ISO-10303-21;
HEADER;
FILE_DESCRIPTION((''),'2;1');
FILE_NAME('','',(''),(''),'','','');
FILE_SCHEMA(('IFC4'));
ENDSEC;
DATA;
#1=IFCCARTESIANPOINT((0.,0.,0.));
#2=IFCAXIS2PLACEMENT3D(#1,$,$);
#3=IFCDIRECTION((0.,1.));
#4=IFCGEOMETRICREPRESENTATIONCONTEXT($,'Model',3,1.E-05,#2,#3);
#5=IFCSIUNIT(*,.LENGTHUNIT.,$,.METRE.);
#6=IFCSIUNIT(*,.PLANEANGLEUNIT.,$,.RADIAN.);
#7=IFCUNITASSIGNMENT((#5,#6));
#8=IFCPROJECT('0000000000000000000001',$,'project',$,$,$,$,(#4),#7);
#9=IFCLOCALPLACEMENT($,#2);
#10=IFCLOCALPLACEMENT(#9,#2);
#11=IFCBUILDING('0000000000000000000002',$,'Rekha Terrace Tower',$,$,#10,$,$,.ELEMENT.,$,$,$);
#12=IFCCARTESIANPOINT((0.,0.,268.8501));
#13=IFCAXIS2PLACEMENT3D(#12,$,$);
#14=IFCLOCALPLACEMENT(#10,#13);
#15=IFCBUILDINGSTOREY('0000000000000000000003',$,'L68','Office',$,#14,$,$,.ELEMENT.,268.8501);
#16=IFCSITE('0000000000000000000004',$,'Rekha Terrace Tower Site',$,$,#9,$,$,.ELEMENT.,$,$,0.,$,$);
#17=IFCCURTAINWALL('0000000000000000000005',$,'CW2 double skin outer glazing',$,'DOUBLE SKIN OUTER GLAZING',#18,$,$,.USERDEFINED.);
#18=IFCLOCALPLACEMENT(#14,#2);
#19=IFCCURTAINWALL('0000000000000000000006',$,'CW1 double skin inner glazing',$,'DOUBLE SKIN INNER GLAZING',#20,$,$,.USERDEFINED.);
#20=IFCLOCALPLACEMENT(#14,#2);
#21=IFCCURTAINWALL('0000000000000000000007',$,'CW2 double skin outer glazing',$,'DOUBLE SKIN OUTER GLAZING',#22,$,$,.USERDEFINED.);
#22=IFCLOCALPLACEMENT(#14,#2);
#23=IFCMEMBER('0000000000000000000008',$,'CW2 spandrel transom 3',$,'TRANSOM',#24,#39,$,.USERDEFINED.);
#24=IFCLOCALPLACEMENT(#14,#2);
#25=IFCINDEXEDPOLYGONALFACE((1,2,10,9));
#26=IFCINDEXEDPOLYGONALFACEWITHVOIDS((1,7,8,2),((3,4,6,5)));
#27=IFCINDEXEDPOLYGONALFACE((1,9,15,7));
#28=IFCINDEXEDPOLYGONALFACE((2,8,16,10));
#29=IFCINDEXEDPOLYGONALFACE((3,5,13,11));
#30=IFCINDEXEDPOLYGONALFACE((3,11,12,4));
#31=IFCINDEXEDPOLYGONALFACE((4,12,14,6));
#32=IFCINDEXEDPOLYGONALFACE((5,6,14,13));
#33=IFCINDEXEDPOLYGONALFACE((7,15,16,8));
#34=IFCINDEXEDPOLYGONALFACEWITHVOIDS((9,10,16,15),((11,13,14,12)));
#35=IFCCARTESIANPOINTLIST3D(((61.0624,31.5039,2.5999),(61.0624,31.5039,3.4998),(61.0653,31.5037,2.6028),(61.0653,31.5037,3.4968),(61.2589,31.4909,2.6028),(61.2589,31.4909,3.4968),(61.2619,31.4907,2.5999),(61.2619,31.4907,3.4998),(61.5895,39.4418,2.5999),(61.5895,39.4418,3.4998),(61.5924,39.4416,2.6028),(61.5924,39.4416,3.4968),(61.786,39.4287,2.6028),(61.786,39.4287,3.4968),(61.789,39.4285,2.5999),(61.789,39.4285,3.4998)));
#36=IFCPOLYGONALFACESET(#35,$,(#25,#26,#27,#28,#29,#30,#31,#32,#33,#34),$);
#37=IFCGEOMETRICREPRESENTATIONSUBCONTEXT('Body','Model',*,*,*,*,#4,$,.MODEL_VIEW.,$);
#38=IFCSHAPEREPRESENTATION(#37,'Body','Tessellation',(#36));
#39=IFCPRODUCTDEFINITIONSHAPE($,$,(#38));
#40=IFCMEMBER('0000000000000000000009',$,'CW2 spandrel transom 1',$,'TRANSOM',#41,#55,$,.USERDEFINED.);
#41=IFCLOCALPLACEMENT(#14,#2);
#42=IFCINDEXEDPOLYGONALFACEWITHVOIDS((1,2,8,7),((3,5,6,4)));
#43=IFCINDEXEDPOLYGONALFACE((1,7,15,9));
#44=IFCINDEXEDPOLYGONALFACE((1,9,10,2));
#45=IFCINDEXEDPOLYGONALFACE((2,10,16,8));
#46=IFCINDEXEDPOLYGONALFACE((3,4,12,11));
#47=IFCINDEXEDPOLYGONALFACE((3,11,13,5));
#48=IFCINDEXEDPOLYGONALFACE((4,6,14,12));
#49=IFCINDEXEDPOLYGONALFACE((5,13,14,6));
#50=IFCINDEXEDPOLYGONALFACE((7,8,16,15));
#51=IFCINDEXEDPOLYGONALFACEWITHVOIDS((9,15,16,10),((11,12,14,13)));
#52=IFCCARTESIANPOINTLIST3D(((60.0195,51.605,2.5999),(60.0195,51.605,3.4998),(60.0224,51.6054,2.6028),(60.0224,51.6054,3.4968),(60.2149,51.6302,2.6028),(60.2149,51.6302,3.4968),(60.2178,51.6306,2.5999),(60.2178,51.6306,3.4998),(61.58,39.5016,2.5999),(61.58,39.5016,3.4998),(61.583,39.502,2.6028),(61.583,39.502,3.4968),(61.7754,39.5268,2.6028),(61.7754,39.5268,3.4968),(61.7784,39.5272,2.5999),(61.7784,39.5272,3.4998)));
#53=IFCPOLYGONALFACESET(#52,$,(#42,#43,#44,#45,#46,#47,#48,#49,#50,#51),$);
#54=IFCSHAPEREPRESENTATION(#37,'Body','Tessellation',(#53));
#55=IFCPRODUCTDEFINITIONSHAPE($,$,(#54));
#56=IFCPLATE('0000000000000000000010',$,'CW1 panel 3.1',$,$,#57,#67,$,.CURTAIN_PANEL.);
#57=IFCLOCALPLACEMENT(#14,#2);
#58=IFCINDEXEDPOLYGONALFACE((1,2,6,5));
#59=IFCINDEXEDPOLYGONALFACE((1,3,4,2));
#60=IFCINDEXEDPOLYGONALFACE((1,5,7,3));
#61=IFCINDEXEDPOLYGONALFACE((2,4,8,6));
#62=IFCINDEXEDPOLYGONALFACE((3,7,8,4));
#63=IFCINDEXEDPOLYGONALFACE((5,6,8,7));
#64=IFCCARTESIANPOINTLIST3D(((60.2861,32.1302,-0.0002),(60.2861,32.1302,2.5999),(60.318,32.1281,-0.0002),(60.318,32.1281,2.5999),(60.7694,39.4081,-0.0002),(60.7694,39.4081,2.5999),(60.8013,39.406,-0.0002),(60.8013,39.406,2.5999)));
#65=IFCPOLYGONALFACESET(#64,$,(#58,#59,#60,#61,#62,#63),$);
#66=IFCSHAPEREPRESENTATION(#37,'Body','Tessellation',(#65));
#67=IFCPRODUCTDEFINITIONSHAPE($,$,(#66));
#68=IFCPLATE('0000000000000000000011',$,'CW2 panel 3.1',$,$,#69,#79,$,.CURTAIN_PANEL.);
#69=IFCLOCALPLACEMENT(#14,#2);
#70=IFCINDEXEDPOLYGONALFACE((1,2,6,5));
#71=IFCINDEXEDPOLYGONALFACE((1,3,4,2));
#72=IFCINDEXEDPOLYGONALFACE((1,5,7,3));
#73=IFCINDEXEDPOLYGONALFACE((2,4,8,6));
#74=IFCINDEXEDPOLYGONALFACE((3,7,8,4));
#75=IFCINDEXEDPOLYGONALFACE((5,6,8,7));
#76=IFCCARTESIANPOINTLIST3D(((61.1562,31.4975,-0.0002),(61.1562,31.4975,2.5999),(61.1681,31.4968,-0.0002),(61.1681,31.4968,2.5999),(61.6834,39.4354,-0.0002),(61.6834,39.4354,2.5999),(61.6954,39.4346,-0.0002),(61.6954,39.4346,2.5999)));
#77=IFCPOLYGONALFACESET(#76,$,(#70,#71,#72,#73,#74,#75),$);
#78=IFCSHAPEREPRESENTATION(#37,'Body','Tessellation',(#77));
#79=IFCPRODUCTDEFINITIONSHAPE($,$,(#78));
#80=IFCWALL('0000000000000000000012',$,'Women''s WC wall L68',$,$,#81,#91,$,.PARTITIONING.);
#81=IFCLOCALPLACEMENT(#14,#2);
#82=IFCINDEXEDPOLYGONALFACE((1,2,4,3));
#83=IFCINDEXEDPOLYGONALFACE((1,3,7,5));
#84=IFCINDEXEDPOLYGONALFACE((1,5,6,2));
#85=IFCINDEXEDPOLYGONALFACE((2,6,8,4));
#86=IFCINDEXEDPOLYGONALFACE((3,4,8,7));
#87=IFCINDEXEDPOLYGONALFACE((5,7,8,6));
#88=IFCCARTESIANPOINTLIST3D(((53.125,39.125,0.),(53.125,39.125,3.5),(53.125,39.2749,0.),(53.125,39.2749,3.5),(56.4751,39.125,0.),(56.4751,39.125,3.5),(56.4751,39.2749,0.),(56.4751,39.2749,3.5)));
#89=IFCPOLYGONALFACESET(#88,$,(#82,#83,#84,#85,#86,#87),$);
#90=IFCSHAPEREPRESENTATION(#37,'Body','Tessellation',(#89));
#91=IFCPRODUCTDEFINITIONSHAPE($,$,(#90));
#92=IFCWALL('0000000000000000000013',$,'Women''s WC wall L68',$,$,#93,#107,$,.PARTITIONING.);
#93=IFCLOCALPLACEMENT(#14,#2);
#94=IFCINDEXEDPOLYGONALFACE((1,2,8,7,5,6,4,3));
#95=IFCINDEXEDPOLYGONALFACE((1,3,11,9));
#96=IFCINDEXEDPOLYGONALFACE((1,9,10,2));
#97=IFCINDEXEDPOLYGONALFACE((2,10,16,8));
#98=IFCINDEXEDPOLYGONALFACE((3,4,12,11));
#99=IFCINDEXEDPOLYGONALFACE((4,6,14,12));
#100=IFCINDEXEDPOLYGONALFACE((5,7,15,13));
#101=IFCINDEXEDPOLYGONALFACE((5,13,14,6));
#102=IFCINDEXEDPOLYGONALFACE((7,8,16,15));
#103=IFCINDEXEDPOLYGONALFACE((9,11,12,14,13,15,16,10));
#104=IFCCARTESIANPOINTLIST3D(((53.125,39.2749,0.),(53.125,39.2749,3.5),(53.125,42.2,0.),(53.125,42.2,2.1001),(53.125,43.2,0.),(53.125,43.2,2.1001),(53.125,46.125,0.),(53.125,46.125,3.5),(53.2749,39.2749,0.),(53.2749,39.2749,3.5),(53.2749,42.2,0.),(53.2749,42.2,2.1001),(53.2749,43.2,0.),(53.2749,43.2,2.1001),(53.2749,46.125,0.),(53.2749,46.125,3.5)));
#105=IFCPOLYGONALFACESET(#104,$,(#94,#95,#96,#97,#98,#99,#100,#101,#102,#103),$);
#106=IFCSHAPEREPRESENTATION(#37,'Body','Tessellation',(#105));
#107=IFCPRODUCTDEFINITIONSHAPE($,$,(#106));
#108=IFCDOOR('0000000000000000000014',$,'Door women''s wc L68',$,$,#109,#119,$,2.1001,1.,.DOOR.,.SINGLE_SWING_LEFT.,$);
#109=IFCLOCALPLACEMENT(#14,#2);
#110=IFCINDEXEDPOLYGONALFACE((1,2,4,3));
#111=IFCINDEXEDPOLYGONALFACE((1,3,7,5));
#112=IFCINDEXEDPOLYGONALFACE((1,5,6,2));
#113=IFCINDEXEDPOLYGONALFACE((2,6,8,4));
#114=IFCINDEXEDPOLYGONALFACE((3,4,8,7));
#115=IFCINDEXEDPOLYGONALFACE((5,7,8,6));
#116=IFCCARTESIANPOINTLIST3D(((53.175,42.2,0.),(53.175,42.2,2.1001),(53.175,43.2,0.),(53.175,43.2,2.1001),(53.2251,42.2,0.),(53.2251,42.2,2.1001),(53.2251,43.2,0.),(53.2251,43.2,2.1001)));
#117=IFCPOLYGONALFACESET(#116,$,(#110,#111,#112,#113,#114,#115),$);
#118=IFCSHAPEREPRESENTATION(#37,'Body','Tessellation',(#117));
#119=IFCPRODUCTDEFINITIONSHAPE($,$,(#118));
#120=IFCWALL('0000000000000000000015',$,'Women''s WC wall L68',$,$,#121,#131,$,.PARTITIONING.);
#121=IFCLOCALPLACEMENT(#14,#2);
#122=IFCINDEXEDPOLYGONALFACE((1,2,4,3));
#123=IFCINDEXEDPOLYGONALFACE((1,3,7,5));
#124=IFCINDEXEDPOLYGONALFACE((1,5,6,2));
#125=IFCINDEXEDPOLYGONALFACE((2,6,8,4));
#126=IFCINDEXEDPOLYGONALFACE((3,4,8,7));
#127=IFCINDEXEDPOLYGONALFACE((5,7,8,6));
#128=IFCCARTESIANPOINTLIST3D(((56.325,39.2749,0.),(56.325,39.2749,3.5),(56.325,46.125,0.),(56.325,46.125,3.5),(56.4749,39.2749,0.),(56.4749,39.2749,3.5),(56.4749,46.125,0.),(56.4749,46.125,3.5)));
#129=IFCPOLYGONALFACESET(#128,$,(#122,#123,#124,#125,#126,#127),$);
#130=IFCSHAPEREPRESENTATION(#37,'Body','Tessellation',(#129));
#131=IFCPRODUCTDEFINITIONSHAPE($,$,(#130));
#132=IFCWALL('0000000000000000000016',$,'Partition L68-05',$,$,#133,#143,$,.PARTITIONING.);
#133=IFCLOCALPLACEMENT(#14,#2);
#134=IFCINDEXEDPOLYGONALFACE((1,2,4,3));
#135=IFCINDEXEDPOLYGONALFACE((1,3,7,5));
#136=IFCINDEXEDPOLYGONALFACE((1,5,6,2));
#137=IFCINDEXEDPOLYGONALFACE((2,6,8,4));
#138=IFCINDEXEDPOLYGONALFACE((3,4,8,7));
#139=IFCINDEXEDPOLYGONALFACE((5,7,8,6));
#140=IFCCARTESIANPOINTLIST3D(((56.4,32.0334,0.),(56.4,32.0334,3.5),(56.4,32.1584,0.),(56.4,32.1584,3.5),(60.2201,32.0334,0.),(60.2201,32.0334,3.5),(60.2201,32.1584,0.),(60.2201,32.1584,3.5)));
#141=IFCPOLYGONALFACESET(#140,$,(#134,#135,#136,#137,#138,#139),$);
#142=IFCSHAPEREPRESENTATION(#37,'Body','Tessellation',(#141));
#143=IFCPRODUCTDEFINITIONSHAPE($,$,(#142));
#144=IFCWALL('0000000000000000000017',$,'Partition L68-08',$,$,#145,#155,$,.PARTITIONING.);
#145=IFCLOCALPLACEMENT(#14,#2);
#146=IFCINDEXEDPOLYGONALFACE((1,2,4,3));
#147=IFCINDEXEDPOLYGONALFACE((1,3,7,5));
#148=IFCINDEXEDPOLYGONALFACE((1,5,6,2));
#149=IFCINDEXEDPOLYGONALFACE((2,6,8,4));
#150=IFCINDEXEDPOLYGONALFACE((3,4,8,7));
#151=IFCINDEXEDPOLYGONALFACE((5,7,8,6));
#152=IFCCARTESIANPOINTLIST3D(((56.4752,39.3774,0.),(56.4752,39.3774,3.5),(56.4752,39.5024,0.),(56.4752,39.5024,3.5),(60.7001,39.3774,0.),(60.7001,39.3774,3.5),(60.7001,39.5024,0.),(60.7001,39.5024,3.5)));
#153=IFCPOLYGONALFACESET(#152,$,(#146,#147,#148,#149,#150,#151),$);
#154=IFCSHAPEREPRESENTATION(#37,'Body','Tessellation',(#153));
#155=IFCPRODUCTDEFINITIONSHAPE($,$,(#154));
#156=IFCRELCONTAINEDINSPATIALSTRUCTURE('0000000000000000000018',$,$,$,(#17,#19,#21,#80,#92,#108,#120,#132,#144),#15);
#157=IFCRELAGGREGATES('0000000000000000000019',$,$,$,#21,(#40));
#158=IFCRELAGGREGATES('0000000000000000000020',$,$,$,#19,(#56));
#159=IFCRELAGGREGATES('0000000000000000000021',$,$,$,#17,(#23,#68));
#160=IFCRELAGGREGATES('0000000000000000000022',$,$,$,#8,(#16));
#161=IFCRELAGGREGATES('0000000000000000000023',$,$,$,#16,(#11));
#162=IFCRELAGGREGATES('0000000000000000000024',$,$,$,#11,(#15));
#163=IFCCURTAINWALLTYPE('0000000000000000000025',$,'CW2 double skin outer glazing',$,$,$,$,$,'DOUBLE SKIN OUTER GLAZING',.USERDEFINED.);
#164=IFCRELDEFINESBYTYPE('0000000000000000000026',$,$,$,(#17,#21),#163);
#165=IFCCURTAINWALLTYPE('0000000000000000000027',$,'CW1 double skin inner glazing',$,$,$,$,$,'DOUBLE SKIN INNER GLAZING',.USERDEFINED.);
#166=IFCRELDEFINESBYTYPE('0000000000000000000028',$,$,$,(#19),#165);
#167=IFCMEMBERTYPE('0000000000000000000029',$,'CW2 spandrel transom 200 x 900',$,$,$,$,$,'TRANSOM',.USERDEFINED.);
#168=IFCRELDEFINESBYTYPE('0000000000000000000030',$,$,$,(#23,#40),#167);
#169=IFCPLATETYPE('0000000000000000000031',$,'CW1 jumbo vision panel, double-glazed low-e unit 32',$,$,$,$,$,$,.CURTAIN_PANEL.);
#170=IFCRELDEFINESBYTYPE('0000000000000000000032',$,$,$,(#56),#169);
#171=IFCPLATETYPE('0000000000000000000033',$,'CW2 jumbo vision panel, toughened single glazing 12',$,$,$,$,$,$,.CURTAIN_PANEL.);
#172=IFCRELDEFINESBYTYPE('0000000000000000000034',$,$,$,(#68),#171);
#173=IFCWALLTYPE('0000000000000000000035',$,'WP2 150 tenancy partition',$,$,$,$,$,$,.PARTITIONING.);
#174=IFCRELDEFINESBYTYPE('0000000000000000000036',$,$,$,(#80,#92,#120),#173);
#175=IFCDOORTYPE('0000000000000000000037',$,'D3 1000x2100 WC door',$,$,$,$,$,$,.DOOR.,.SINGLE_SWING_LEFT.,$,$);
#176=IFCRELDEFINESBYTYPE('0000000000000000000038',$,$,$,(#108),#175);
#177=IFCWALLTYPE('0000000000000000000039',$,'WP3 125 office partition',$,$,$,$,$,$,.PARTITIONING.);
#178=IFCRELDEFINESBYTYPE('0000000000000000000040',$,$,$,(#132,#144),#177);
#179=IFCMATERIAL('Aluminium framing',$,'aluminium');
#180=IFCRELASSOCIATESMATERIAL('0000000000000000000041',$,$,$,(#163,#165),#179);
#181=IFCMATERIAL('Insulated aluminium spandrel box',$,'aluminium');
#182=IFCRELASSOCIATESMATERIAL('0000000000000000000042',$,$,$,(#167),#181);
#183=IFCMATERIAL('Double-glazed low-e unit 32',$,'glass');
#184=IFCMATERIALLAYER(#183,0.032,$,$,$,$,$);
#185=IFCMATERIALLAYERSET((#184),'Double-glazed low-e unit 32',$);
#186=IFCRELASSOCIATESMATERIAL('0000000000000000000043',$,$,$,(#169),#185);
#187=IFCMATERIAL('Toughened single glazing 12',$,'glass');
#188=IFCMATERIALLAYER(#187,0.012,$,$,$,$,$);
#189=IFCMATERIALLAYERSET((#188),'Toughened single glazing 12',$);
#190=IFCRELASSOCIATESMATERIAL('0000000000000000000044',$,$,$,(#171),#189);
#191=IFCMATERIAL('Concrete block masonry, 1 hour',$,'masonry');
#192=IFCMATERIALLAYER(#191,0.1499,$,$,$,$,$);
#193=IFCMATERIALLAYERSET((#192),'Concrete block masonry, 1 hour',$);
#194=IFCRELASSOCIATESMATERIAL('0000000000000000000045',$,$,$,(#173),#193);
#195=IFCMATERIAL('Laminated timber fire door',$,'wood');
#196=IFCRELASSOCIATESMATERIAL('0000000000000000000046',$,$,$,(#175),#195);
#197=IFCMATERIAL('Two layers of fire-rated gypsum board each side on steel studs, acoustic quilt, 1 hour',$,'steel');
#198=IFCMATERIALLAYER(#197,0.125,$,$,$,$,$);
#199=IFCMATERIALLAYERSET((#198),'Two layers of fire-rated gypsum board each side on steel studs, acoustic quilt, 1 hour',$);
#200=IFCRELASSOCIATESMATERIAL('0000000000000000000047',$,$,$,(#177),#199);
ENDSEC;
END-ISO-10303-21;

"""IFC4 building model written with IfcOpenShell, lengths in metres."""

from ifc_helpers import new_model, si_unit, direction, frame, frame_2d, origin, origin_2d, place, context, subcontext, project, spatial, rectangle, hollow_rectangle, extrude, material, layer, layer_set, material_profile, profile_set, type_object, element, fill, aggregate, save


model = new_model("IFC4")

# Units and contexts
model_context = context("Model", 3, precision=1e-05, world=origin(), true_north=direction((0.0, 1.0)))
body_context = subcontext(model_context, "Body", "Model", "MODEL_VIEW")
ifc_project = project(units=[si_unit("LENGTHUNIT", "METRE"), si_unit("PLANEANGLEUNIT", "RADIAN")], contexts=[model_context])

# Site, building, storey
site_placement = place(None, origin())
site = spatial("IfcSite", under=ifc_project, at=site_placement, Name="Rekha Terrace Tower Site", CompositionType="ELEMENT", RefElevation=0.0)
building_placement = place(site_placement, origin())
building = spatial("IfcBuilding", under=site, at=building_placement, Name="Rekha Terrace Tower", CompositionType="ELEMENT")
storey_placement = place(building_placement, frame((0.0, 0.0, 268.8501)))
storey = spatial("IfcBuildingStorey", under=building, at=storey_placement, Name="L68", Description="Office", CompositionType="ELEMENT", Elevation=268.8501)

# Curtain walls
ifc_material_1 = material(Name="Aluminium framing", Category="aluminium")
curtain_wall_type_1 = type_object("IfcCurtainWallType", Name="CW2 double skin outer glazing", ElementType="DOUBLE SKIN OUTER GLAZING", PredefinedType="USERDEFINED", material=ifc_material_1)
curtain_wall_1_placement = place(storey_placement, origin())
curtain_wall_1 = element("IfcCurtainWall", 1, at=curtain_wall_1_placement, inside=storey, type_object=curtain_wall_type_1, Name="CW2 double skin outer glazing", ObjectType="DOUBLE SKIN OUTER GLAZING", PredefinedType="USERDEFINED")
curtain_wall_type_2 = type_object("IfcCurtainWallType", Name="CW1 double skin inner glazing", ElementType="DOUBLE SKIN INNER GLAZING", PredefinedType="USERDEFINED", material=ifc_material_1)
curtain_wall_2_placement = place(storey_placement, origin())
curtain_wall_2 = element("IfcCurtainWall", 2, at=curtain_wall_2_placement, inside=storey, type_object=curtain_wall_type_2, Name="CW1 double skin inner glazing", ObjectType="DOUBLE SKIN INNER GLAZING", PredefinedType="USERDEFINED")

# Shared definitions
ifc_material_2 = material(Name="Insulated aluminium spandrel box", Category="aluminium")

# Curtain wall
curtain_wall_3_placement = place(storey_placement, origin())
curtain_wall_3 = element("IfcCurtainWall", 3, at=curtain_wall_3_placement, inside=storey, type_object=curtain_wall_type_1, Name="CW2 double skin outer glazing", ObjectType="DOUBLE SKIN OUTER GLAZING", PredefinedType="USERDEFINED")

# Members
ifc_material_profile_1 = material_profile(ifc_material_2, hollow_rectangle(XDim=0.2, YDim=0.8999, WallThickness=0.0029, at=origin_2d()), Name="AL SPANDREL BOX 200x900")
ifc_profile_set_1 = profile_set([ifc_material_profile_1], Name="Insulated aluminium spandrel box")
member_type_1 = type_object("IfcMemberType", Name="CW2 spandrel transom 200 x 900", ElementType="TRANSOM", PredefinedType="USERDEFINED", material=ifc_profile_set_1)
member_1_placement = place(storey_placement, frame((61.1621, 31.4973, 3.0498), z_axis=(0.066258, 0.997803, 0.0), x_axis=(-0.997803, 0.066258, 0.0)))
member_1 = element("IfcMember", 4, at=member_1_placement, type_object=member_type_1, Name="CW2 spandrel transom 3", ObjectType="TRANSOM", PredefinedType="USERDEFINED", context=body_context, shape_type="SweptSolid", body=[
    extrude(hollow_rectangle(XDim=0.2, YDim=0.8999, WallThickness=0.0029, at=origin_2d()), origin(), (0.0, 0.0, 1.0), 7.9553),
])
member_2_placement = place(storey_placement, frame((61.6792, 39.5144, 3.0498), z_axis=(-0.127875, 0.99179, 0.0), x_axis=(-0.99179, -0.127875, 0.0)))
member_2 = element("IfcMember", 5, at=member_2_placement, type_object=member_type_1, Name="CW2 spandrel transom 1", ObjectType="TRANSOM", PredefinedType="USERDEFINED", context=body_context, shape_type="SweptSolid", body=[
    extrude(hollow_rectangle(XDim=0.2, YDim=0.8999, WallThickness=0.0029, at=origin_2d()), origin(), (0.0, 0.0, 1.0), 12.2036),
])
aggregate(curtain_wall_3, [member_2])

# Plates
ifc_material_3 = material(Name="Double-glazed low-e unit 32", Category="glass")
ifc_layer_1 = layer(ifc_material_3, 0.032)
ifc_layer_set_1 = layer_set([ifc_layer_1], Name="Double-glazed low-e unit 32")
plate_type_1 = type_object("IfcPlateType", Name="CW1 jumbo vision panel, double-glazed low-e unit 32", PredefinedType="CURTAIN_PANEL", material=ifc_layer_set_1)
plate_1_placement = place(storey_placement, frame((60.5437, 35.7681, -0.0002), z_axis=(0.0, 0.0, 1.0), x_axis=(0.066272, 0.997802, 0.0)))
plate_1 = element("IfcPlate", 6, at=plate_1_placement, type_object=plate_type_1, Name="CW1 panel 3.1", PredefinedType="CURTAIN_PANEL", context=body_context, shape_type="SweptSolid", body=[
    extrude(rectangle(XDim=7.2939, YDim=0.032, at=origin_2d()), origin(), (0.0, 0.0, 1.0), 2.6001),
])
aggregate(curtain_wall_2, [plate_1])
ifc_material_4 = material(Name="Toughened single glazing 12", Category="glass")
ifc_layer_2 = layer(ifc_material_4, 0.012)
ifc_layer_set_2 = layer_set([ifc_layer_2], Name="Toughened single glazing 12")
plate_type_2 = type_object("IfcPlateType", Name="CW2 jumbo vision panel, toughened single glazing 12", PredefinedType="CURTAIN_PANEL", material=ifc_layer_set_2)
plate_2_placement = place(storey_placement, frame((61.4258, 35.4661, -0.0002), z_axis=(0.0, 0.0, 1.0), x_axis=(0.066272, 0.997802, 0.0)))
plate_2 = element("IfcPlate", 7, at=plate_2_placement, type_object=plate_type_2, Name="CW2 panel 3.1", PredefinedType="CURTAIN_PANEL", context=body_context, shape_type="SweptSolid", body=[
    extrude(rectangle(XDim=7.9553, YDim=0.012, at=origin_2d()), origin(), (0.0, 0.0, 1.0), 2.6001),
])
aggregate(curtain_wall_1, [member_1, plate_2])

# Wall
ifc_material_5 = material(Name="Concrete block masonry, 1 hour", Category="masonry")
ifc_layer_3 = layer(ifc_material_5, 0.1499)
ifc_layer_set_3 = layer_set([ifc_layer_3], Name="Concrete block masonry, 1 hour")
wall_type_1 = type_object("IfcWallType", Name="WP2 150 tenancy partition", PredefinedType="PARTITIONING", material=ifc_layer_set_3)
wall_1_placement = place(storey_placement, frame((53.125, 39.2, 0.0), z_axis=(0.0, 0.0, 1.0), x_axis=(1.0, 0.0, 0.0)))
element("IfcWall", 8, at=wall_1_placement, inside=storey, type_object=wall_type_1, Name="Women's WC wall L68", PredefinedType="PARTITIONING", context=body_context, shape_type="SweptSolid", body=[
    extrude(rectangle(XDim=3.3501, YDim=0.1499, at=frame_2d((1.675, 0.0))), origin(), (0.0, 0.0, 1.0), 3.5),
])

# Wall, opening, door
wall_2_placement = place(storey_placement, frame((53.2, 39.2749, 0.0), z_axis=(0.0, 0.0, 1.0), x_axis=(0.0, 1.0, 0.0)))
wall_2 = element("IfcWall", 9, at=wall_2_placement, inside=storey, type_object=wall_type_1, Name="Women's WC wall L68", PredefinedType="PARTITIONING", context=body_context, shape_type="SweptSolid", body=[
    extrude(rectangle(XDim=6.8501, YDim=0.1499, at=frame_2d((3.425, 0.0))), origin(), (0.0, 0.0, 1.0), 3.5),
])
opening_placement = place(wall_2_placement, frame((2.925, 0.0, 0.0)))
opening = element("IfcOpeningElement", 10, at=opening_placement, cuts=wall_2, PredefinedType="OPENING", context=body_context, shape_type="SweptSolid", body=[
    extrude(rectangle(XDim=1.0, YDim=2.1001, at=frame_2d((0.5, 1.05))), frame((0.0, 0.085, 0.0), z_axis=(0.0, -1.0, 0.0), x_axis=(1.0, 0.0, 0.0)), (0.0, 0.0, 1.0), 0.1699),
])
ifc_material_6 = material(Name="Laminated timber fire door", Category="wood")
door_type = type_object("IfcDoorType", Name="D3 1000x2100 WC door", OperationType="SINGLE_SWING_LEFT", PredefinedType="DOOR", material=ifc_material_6)
door_placement = place(opening_placement, origin())
door = element("IfcDoor", 11, at=door_placement, inside=storey, type_object=door_type, Name="Door women's wc L68", OperationType="SINGLE_SWING_LEFT", OverallHeight=2.1001, OverallWidth=1.0, PredefinedType="DOOR", context=body_context, shape_type="SweptSolid", body=[
    extrude(rectangle(XDim=1.0, YDim=2.1001, at=frame_2d((0.5, 1.05))), frame((0.0, 0.0249, 0.0), z_axis=(0.0, -1.0, 0.0), x_axis=(1.0, 0.0, 0.0)), (0.0, 0.0, 1.0), 0.05),
])
fill(opening, door)

# Walls
wall_3_placement = place(storey_placement, frame((56.3999, 39.2749, 0.0), z_axis=(0.0, 0.0, 1.0), x_axis=(0.0, 1.0, 0.0)))
element("IfcWall", 12, at=wall_3_placement, inside=storey, type_object=wall_type_1, Name="Women's WC wall L68", PredefinedType="PARTITIONING", context=body_context, shape_type="SweptSolid", body=[
    extrude(rectangle(XDim=6.8501, YDim=0.1499, at=frame_2d((3.425, 0.0))), origin(), (0.0, 0.0, 1.0), 3.5),
])
ifc_material_7 = material(Name="Two layers of fire-rated gypsum board each side on steel studs, acoustic quilt, 1 hour", Category="steel")
ifc_layer_4 = layer(ifc_material_7, 0.125)
ifc_layer_set_4 = layer_set([ifc_layer_4], Name="Two layers of fire-rated gypsum board each side on steel studs, acoustic quilt, 1 hour")
wall_type_2 = type_object("IfcWallType", Name="WP3 125 office partition", PredefinedType="PARTITIONING", material=ifc_layer_set_4)
wall_4_placement = place(storey_placement, frame((56.3999, 32.0959, 0.0), z_axis=(0.0, 0.0, 1.0), x_axis=(1.0, 0.0, 0.0)))
element("IfcWall", 13, at=wall_4_placement, inside=storey, type_object=wall_type_2, Name="Partition L68-05", PredefinedType="PARTITIONING", context=body_context, shape_type="SweptSolid", body=[
    extrude(rectangle(XDim=3.8201, YDim=0.125, at=frame_2d((1.9102, 0.0))), origin(), (0.0, 0.0, 1.0), 3.5),
])
wall_5_placement = place(storey_placement, frame((60.7, 39.4399, 0.0), z_axis=(0.0, 0.0, 1.0), x_axis=(-1.0, 0.0, 0.0)))
element("IfcWall", 14, at=wall_5_placement, inside=storey, type_object=wall_type_2, Name="Partition L68-08", PredefinedType="PARTITIONING", context=body_context, shape_type="SweptSolid", body=[
    extrude(rectangle(XDim=4.2249, YDim=0.125, at=frame_2d((2.1123, 0.0))), origin(), (0.0, 0.0, 1.0), 3.5),
])

save(model, "model.ifc")
